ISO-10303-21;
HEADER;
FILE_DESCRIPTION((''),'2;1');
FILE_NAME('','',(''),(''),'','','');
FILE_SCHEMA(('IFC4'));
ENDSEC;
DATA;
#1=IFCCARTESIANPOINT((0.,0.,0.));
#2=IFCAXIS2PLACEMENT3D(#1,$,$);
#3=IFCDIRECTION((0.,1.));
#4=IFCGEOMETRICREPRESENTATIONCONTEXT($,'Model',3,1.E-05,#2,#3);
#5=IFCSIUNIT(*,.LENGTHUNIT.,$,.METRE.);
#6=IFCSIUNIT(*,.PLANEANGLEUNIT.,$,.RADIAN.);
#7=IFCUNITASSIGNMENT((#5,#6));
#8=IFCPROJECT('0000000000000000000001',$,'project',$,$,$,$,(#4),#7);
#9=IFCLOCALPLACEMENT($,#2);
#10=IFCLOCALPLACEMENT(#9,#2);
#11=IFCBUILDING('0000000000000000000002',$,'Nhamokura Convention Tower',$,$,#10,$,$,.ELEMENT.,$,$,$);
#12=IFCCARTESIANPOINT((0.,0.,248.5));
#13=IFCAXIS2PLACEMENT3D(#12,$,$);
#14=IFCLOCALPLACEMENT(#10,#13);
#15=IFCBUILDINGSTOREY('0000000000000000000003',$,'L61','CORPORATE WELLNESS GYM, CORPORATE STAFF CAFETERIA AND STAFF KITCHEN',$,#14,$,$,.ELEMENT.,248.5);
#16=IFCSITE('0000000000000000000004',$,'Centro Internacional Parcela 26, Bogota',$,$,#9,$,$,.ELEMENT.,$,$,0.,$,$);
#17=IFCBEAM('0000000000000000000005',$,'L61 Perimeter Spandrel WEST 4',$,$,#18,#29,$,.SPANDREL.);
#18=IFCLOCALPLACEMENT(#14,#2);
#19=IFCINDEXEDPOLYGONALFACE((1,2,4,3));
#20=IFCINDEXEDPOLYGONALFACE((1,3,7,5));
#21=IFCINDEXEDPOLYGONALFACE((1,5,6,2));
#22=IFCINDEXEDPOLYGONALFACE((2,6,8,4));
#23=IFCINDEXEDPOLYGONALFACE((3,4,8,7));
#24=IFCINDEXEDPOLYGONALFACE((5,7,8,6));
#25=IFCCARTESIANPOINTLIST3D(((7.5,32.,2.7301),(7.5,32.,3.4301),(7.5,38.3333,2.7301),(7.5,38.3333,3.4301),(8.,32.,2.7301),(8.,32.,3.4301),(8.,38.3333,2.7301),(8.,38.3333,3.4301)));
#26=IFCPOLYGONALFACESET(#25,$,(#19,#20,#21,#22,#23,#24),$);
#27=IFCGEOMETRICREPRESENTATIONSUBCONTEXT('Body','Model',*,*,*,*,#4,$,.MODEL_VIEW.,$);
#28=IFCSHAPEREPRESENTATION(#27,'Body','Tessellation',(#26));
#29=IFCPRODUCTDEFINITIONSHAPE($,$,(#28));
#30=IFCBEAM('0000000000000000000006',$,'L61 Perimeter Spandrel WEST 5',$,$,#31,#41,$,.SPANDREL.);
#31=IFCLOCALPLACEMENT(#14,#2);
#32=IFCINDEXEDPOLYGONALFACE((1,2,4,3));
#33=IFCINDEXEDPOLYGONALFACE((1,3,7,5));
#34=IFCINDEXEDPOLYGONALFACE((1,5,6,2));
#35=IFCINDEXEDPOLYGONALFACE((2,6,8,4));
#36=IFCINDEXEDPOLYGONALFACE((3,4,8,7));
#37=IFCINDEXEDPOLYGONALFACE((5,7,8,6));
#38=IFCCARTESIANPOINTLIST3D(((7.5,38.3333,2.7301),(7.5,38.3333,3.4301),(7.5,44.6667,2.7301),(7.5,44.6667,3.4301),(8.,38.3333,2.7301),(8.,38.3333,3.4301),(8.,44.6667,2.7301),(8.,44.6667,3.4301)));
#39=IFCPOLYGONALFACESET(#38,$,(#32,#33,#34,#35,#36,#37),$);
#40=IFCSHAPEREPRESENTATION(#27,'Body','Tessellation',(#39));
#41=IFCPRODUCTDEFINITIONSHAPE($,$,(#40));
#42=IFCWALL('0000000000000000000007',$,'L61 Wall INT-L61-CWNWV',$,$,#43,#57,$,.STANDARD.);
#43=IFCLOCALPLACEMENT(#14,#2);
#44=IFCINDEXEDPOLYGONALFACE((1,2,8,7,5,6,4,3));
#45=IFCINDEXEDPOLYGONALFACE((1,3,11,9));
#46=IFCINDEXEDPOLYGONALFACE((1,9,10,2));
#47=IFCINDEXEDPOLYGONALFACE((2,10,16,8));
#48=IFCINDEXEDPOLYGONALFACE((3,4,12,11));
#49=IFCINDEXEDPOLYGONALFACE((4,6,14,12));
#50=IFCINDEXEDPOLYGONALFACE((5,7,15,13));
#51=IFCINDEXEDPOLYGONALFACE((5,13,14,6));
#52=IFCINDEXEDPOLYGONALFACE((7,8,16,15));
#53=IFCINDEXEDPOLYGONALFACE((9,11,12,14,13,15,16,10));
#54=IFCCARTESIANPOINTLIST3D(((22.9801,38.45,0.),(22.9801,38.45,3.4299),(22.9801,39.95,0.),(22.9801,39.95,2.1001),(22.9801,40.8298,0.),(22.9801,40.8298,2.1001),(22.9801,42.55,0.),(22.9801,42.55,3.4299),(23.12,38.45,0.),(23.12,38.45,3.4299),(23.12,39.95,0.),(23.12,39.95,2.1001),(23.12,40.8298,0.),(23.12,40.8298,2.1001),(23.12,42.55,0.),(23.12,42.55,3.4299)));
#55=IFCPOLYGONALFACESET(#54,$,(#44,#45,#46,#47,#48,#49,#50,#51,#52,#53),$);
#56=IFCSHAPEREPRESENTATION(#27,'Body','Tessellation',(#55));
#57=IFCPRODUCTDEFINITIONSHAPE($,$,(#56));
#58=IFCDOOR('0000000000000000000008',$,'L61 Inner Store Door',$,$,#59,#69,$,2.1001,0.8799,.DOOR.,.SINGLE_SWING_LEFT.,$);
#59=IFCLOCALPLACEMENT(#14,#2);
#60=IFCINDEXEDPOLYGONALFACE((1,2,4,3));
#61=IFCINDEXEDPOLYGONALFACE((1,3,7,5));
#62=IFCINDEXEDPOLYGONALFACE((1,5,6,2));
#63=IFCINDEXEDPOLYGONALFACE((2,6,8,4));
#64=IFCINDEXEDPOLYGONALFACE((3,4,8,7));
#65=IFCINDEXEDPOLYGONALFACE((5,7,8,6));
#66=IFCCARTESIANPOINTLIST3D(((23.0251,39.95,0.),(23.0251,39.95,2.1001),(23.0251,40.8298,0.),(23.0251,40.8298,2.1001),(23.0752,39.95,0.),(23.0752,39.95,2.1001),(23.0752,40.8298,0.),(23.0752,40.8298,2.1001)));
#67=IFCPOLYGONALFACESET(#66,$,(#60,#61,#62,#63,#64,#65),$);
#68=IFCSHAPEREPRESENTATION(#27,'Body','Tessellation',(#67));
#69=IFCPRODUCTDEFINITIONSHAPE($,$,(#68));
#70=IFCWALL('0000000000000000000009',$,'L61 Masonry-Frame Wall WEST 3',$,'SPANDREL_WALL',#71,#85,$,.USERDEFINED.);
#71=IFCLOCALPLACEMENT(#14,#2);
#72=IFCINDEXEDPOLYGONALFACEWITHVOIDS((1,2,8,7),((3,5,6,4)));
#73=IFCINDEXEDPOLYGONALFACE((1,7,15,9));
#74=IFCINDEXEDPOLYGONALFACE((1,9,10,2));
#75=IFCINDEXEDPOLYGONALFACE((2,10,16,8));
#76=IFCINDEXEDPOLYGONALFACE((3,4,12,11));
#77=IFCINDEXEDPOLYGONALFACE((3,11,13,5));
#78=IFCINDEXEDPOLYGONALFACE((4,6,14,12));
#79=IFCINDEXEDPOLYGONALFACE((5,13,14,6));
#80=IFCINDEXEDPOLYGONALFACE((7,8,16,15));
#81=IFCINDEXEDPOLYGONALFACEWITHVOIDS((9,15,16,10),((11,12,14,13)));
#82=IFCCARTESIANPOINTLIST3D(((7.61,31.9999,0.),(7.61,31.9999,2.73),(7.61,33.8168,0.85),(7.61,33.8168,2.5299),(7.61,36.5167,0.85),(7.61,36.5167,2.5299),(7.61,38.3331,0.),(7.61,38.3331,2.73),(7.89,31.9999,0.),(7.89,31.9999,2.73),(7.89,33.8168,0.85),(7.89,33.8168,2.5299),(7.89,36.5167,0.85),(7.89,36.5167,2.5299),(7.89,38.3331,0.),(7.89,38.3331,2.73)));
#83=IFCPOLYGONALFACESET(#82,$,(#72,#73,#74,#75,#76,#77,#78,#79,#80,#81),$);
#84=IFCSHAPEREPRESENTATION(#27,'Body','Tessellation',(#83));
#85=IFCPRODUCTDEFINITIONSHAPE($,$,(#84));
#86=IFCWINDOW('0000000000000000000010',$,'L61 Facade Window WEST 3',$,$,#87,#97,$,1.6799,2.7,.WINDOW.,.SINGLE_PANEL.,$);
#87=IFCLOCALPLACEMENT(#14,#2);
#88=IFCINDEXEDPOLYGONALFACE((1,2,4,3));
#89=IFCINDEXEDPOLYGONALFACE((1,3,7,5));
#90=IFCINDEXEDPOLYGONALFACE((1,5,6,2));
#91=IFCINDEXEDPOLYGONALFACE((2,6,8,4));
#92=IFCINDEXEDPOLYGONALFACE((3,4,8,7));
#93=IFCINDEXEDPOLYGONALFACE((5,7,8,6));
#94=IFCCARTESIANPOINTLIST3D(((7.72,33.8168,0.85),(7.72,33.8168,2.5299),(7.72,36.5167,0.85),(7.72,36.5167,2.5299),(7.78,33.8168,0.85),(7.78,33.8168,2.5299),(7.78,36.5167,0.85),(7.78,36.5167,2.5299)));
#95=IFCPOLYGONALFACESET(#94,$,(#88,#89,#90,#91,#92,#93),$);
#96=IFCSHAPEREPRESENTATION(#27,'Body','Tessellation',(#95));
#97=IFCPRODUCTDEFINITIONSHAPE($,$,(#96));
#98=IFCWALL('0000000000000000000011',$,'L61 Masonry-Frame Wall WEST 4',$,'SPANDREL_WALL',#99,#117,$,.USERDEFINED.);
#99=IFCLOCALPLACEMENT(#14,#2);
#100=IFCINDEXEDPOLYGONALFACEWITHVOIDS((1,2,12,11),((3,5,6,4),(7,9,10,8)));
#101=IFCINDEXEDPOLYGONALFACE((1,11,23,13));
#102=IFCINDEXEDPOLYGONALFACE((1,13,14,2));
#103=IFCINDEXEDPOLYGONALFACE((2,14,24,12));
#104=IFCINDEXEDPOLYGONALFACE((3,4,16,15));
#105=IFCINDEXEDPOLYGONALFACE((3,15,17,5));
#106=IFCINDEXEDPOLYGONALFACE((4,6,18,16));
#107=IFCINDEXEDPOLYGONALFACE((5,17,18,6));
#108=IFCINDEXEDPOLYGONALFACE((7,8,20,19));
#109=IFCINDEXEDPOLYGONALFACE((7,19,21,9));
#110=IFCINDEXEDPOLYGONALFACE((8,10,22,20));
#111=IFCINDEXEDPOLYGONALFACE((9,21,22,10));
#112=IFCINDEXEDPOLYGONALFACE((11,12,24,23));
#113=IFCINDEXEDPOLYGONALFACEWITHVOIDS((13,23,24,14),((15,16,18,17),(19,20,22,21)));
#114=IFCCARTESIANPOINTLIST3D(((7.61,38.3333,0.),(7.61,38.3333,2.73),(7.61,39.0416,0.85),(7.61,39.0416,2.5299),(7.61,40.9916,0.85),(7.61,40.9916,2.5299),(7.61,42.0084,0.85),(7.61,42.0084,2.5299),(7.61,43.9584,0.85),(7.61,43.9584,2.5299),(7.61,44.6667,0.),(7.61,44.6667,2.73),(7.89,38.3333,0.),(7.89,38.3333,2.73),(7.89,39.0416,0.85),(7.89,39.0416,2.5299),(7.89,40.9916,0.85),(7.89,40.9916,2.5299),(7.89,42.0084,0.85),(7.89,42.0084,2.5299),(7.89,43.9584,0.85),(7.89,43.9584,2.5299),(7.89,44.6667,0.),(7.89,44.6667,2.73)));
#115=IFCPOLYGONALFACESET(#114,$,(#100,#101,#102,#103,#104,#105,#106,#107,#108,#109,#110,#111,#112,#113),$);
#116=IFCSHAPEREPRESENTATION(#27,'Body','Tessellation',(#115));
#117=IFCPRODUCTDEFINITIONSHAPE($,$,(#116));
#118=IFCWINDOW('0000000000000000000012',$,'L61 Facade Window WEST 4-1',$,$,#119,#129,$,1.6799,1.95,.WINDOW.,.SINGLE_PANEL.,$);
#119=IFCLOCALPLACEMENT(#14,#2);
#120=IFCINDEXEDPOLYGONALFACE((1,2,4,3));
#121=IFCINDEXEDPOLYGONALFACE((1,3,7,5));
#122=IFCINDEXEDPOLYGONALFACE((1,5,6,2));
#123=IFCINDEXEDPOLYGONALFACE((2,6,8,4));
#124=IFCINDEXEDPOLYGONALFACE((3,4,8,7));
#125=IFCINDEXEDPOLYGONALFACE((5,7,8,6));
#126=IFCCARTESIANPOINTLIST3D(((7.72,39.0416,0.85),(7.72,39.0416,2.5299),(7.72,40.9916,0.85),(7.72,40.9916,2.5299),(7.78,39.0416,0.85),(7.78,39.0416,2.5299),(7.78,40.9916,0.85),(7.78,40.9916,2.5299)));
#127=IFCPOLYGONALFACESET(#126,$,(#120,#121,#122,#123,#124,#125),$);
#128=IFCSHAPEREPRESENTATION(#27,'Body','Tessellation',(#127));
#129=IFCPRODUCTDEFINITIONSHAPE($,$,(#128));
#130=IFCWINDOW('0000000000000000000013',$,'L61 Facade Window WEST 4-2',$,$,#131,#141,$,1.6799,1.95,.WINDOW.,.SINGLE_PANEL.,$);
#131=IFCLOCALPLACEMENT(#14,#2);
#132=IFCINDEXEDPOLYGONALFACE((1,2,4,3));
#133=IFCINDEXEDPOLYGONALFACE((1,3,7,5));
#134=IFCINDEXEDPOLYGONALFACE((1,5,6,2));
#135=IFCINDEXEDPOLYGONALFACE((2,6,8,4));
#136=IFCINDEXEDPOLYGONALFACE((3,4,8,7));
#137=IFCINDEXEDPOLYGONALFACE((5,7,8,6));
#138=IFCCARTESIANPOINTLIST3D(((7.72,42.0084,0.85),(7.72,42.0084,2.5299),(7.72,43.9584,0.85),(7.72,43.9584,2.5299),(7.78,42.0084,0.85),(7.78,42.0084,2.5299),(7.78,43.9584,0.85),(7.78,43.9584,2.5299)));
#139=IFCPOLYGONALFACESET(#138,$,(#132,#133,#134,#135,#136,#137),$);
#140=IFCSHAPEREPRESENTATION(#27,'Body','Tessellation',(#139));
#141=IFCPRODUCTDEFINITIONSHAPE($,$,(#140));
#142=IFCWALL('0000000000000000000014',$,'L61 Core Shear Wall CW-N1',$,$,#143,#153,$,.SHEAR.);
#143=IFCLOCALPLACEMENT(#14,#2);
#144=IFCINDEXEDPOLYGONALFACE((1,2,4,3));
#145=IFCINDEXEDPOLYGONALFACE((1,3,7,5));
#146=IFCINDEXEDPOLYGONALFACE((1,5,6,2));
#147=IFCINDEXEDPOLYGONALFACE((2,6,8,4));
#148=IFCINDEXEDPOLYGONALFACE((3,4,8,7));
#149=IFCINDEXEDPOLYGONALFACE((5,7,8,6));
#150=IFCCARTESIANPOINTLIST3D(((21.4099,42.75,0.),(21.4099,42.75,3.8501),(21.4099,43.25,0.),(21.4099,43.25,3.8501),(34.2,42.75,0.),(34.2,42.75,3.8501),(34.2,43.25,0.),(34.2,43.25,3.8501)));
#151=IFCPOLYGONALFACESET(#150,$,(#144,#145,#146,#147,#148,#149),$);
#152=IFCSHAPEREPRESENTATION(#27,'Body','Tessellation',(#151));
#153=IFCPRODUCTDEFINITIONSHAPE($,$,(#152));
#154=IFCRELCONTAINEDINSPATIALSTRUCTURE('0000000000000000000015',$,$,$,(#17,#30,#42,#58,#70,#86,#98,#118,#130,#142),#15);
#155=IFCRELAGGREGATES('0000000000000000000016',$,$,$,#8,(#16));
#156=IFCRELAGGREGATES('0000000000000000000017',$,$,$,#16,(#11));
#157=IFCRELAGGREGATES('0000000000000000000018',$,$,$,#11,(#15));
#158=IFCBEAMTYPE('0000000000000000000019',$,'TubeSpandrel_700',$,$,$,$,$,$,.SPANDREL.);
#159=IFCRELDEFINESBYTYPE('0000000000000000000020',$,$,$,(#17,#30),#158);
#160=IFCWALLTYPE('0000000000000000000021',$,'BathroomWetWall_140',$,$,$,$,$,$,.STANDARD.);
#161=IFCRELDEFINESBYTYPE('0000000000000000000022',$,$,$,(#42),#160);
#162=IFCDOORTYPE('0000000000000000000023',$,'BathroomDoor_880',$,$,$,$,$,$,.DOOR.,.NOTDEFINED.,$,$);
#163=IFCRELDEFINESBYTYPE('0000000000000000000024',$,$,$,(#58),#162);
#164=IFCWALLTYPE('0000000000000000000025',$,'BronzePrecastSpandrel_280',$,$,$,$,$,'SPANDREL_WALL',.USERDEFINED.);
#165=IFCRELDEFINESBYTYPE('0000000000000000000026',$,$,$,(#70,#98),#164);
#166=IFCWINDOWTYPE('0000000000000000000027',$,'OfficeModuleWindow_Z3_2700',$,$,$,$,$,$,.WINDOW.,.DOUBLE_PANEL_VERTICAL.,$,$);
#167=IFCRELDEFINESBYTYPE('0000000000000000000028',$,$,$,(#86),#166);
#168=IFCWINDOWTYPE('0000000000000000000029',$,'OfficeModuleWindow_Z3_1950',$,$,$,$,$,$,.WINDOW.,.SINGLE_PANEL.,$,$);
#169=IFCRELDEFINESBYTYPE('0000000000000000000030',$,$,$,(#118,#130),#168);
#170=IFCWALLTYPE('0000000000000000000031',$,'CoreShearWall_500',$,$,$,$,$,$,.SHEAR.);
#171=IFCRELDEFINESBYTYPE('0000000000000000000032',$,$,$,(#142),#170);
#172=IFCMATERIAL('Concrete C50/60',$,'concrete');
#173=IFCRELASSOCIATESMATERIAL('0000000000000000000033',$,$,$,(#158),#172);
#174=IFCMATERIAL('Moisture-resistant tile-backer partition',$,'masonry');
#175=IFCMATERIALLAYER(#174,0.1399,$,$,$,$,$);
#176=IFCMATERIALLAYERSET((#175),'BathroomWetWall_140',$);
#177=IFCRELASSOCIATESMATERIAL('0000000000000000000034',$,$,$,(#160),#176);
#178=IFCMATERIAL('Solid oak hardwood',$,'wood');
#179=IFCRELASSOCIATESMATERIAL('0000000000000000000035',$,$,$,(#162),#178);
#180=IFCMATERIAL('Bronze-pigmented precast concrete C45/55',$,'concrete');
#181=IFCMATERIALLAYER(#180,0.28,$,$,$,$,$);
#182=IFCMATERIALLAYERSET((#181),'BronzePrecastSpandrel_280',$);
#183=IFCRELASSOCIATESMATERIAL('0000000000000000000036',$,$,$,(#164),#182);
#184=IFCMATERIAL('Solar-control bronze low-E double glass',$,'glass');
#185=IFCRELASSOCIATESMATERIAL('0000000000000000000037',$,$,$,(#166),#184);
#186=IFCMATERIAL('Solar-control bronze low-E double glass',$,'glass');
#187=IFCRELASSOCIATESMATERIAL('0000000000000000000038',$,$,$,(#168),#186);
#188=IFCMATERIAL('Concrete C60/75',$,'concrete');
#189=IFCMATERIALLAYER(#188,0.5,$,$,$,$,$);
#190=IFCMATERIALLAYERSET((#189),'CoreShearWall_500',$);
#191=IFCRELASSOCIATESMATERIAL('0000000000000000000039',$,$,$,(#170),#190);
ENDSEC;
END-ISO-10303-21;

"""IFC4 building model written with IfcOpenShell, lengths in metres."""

from ifc_helpers import new_model, si_unit, direction, frame, frame_2d, origin, origin_2d, place, context, subcontext, project, spatial, rectangle, extrude, material, layer, layer_set, material_profile, profile_set, type_object, element, fill, save


model = new_model("IFC4")

# Units and contexts
model_context = context("Model", 3, precision=1e-05, world=origin(), true_north=direction((0.0, 1.0)))
body_context = subcontext(model_context, "Body", "Model", "MODEL_VIEW")
ifc_project = project(units=[si_unit("LENGTHUNIT", "METRE"), si_unit("PLANEANGLEUNIT", "RADIAN")], contexts=[model_context])

# Site, building, storey
site_placement = place(None, origin())
site = spatial("IfcSite", under=ifc_project, at=site_placement, Name="Centro Internacional Parcela 26, Bogota", CompositionType="ELEMENT", RefElevation=0.0)
building_placement = place(site_placement, origin())
building = spatial("IfcBuilding", under=site, at=building_placement, Name="Nhamokura Convention Tower", CompositionType="ELEMENT")
storey_placement = place(building_placement, frame((0.0, 0.0, 248.5)))
storey = spatial("IfcBuildingStorey", under=building, at=storey_placement, Name="L61", Description="CORPORATE WELLNESS GYM, CORPORATE STAFF CAFETERIA AND STAFF KITCHEN", CompositionType="ELEMENT", Elevation=248.5)

# Beams
ifc_material_1 = material(Name="Concrete C50/60", Category="concrete")
ifc_material_profile_1 = material_profile(ifc_material_1, rectangle(XDim=0.5, YDim=0.7, at=origin_2d()))
ifc_profile_set_1 = profile_set([ifc_material_profile_1], Name="Concrete C50/60")
beam_type_1 = type_object("IfcBeamType", Name="TubeSpandrel_700", PredefinedType="SPANDREL", material=ifc_profile_set_1)
beam_1_placement = place(storey_placement, frame((7.75, 32.0, 3.0801), z_axis=(0.0, 1.0, 0.0), x_axis=(-1.0, 0.0, 0.0)))
element("IfcBeam", 1, at=beam_1_placement, inside=storey, type_object=beam_type_1, Name="L61 Perimeter Spandrel WEST 4", PredefinedType="SPANDREL", context=body_context, shape_type="SweptSolid", body=[
    extrude(rectangle(XDim=0.5, YDim=0.7, at=origin_2d()), origin(), (0.0, 0.0, 1.0), 6.3333),
])
beam_2_placement = place(storey_placement, frame((7.75, 38.3333, 3.0801), z_axis=(0.0, 1.0, 0.0), x_axis=(-1.0, 0.0, 0.0)))
element("IfcBeam", 2, at=beam_2_placement, inside=storey, type_object=beam_type_1, Name="L61 Perimeter Spandrel WEST 5", PredefinedType="SPANDREL", context=body_context, shape_type="SweptSolid", body=[
    extrude(rectangle(XDim=0.5, YDim=0.7, at=origin_2d()), origin(), (0.0, 0.0, 1.0), 6.3335),
])

# Wall, opening, door
ifc_material_2 = material(Name="Moisture-resistant tile-backer partition", Category="masonry")
ifc_layer_1 = layer(ifc_material_2, 0.1399)
ifc_layer_set_1 = layer_set([ifc_layer_1], Name="BathroomWetWall_140")
wall_type_1 = type_object("IfcWallType", Name="BathroomWetWall_140", PredefinedType="STANDARD", material=ifc_layer_set_1)
wall_1_placement = place(storey_placement, frame((23.05, 38.45, 0.0), z_axis=(0.0, 0.0, 1.0), x_axis=(0.0, 1.0, 0.0)))
wall_1 = element("IfcWall", 3, at=wall_1_placement, inside=storey, type_object=wall_type_1, Name="L61 Wall INT-L61-CWNWV", PredefinedType="STANDARD", context=body_context, shape_type="SweptSolid", body=[
    extrude(rectangle(XDim=4.1001, YDim=0.1399, at=frame_2d((2.05, 0.0))), origin(), (0.0, 0.0, 1.0), 3.4299),
])
opening_1_placement = place(wall_1_placement, frame((1.5, 0.0, 0.0)))
opening_1 = element("IfcOpeningElement", 4, at=opening_1_placement, cuts=wall_1, PredefinedType="OPENING", context=body_context, shape_type="SweptSolid", body=[
    extrude(rectangle(XDim=0.8799, YDim=2.1001, at=frame_2d((0.4399, 1.05))), frame((0.0, 0.0798, 0.0), z_axis=(0.0, -1.0, 0.0), x_axis=(1.0, 0.0, 0.0)), (0.0, 0.0, 1.0), 0.1599),
])
ifc_material_3 = material(Name="Solid oak hardwood", Category="wood")
door_type_1 = type_object("IfcDoorType", Name="BathroomDoor_880", OperationType="NOTDEFINED", PredefinedType="DOOR", material=ifc_material_3)
door_1_placement = place(opening_1_placement, origin())
door_1 = element("IfcDoor", 5, at=door_1_placement, inside=storey, type_object=door_type_1, Name="L61 Inner Store Door", OperationType="SINGLE_SWING_LEFT", OverallHeight=2.1001, OverallWidth=0.8799, PredefinedType="DOOR", context=body_context, shape_type="SweptSolid", body=[
    extrude(rectangle(XDim=0.8799, YDim=2.1001, at=frame_2d((0.4399, 1.05))), frame((0.0, 0.0249, 0.0), z_axis=(0.0, -1.0, 0.0), x_axis=(1.0, 0.0, 0.0)), (0.0, 0.0, 1.0), 0.05),
])
fill(opening_1, door_1)

# Wall, opening, window
ifc_material_4 = material(Name="Bronze-pigmented precast concrete C45/55", Category="concrete")
ifc_layer_2 = layer(ifc_material_4, 0.28)
ifc_layer_set_2 = layer_set([ifc_layer_2], Name="BronzePrecastSpandrel_280")
wall_type_2 = type_object("IfcWallType", Name="BronzePrecastSpandrel_280", ElementType="SPANDREL_WALL", PredefinedType="USERDEFINED", material=ifc_layer_set_2)
wall_2_placement = place(storey_placement, frame((7.75, 32.0, 0.0), z_axis=(0.0, 0.0, 1.0), x_axis=(0.0, 1.0, 0.0)))
wall_2 = element("IfcWall", 6, at=wall_2_placement, inside=storey, type_object=wall_type_2, Name="L61 Masonry-Frame Wall WEST 3", ObjectType="SPANDREL_WALL", PredefinedType="USERDEFINED", context=body_context, shape_type="SweptSolid", body=[
    extrude(rectangle(XDim=6.3333, YDim=0.28, at=frame_2d((3.1665, 0.0))), origin(), (0.0, 0.0, 1.0), 2.73),
])
opening_2_placement = place(wall_2_placement, frame((1.8167, 0.0, 0.8501)))
opening_2 = element("IfcOpeningElement", 7, at=opening_2_placement, cuts=wall_2, PredefinedType="OPENING", context=body_context, shape_type="SweptSolid", body=[
    extrude(rectangle(XDim=2.7, YDim=1.6799, at=frame_2d((1.3501, 0.8398))), frame((0.0, 0.1499, 0.0), z_axis=(0.0, -1.0, 0.0), x_axis=(1.0, 0.0, 0.0)), (0.0, 0.0, 1.0), 0.3),
])
ifc_material_5 = material(Name="Solar-control bronze low-E double glass", Category="glass")
window_type_1 = type_object("IfcWindowType", Name="OfficeModuleWindow_Z3_2700", PartitioningType="DOUBLE_PANEL_VERTICAL", PredefinedType="WINDOW", material=ifc_material_5)
window_1_placement = place(opening_2_placement, origin())
window_1 = element("IfcWindow", 8, at=window_1_placement, inside=storey, type_object=window_type_1, Name="L61 Facade Window WEST 3", OverallHeight=1.6799, OverallWidth=2.7, PartitioningType="SINGLE_PANEL", PredefinedType="WINDOW", context=body_context, shape_type="SweptSolid", body=[
    extrude(rectangle(XDim=2.7, YDim=1.6799, at=frame_2d((1.3501, 0.8398))), frame((0.0, 0.03, 0.0), z_axis=(0.0, -1.0, 0.0), x_axis=(1.0, 0.0, 0.0)), (0.0, 0.0, 1.0), 0.0601),
])
fill(opening_2, window_1)

# Wall, openings, windows
wall_3_placement = place(storey_placement, frame((7.75, 38.3333, 0.0), z_axis=(0.0, 0.0, 1.0), x_axis=(0.0, 1.0, 0.0)))
wall_3 = element("IfcWall", 9, at=wall_3_placement, inside=storey, type_object=wall_type_2, Name="L61 Masonry-Frame Wall WEST 4", ObjectType="SPANDREL_WALL", PredefinedType="USERDEFINED", context=body_context, shape_type="SweptSolid", body=[
    extrude(rectangle(XDim=6.3335, YDim=0.28, at=frame_2d((3.1667, 0.0))), origin(), (0.0, 0.0, 1.0), 2.73),
])
opening_3_placement = place(wall_3_placement, frame((0.7083, 0.0, 0.8501)))
opening_3 = element("IfcOpeningElement", 10, at=opening_3_placement, cuts=wall_3, PredefinedType="OPENING", context=body_context, shape_type="SweptSolid", body=[
    extrude(rectangle(XDim=1.95, YDim=1.6799, at=frame_2d((0.9751, 0.8398))), frame((0.0, 0.1499, 0.0), z_axis=(0.0, -1.0, 0.0), x_axis=(1.0, 0.0, 0.0)), (0.0, 0.0, 1.0), 0.3),
])
opening_4_placement = place(wall_3_placement, frame((3.675, 0.0, 0.8501)))
opening_4 = element("IfcOpeningElement", 11, at=opening_4_placement, cuts=wall_3, PredefinedType="OPENING", context=body_context, shape_type="SweptSolid", body=[
    extrude(rectangle(XDim=1.95, YDim=1.6799, at=frame_2d((0.9751, 0.8398))), frame((0.0, 0.1499, 0.0), z_axis=(0.0, -1.0, 0.0), x_axis=(1.0, 0.0, 0.0)), (0.0, 0.0, 1.0), 0.3),
])
ifc_material_6 = material(Name="Solar-control bronze low-E double glass", Category="glass")
window_type_2 = type_object("IfcWindowType", Name="OfficeModuleWindow_Z3_1950", PartitioningType="SINGLE_PANEL", PredefinedType="WINDOW", material=ifc_material_6)
window_2_placement = place(opening_3_placement, origin())
window_2 = element("IfcWindow", 12, at=window_2_placement, inside=storey, type_object=window_type_2, Name="L61 Facade Window WEST 4-1", OverallHeight=1.6799, OverallWidth=1.95, PartitioningType="SINGLE_PANEL", PredefinedType="WINDOW", context=body_context, shape_type="SweptSolid", body=[
    extrude(rectangle(XDim=1.95, YDim=1.6799, at=frame_2d((0.9751, 0.8398))), frame((0.0, 0.03, 0.0), z_axis=(0.0, -1.0, 0.0), x_axis=(1.0, 0.0, 0.0)), (0.0, 0.0, 1.0), 0.0601),
])
fill(opening_3, window_2)
window_3_placement = place(opening_4_placement, origin())
window_3 = element("IfcWindow", 13, at=window_3_placement, inside=storey, type_object=window_type_2, Name="L61 Facade Window WEST 4-2", OverallHeight=1.6799, OverallWidth=1.95, PartitioningType="SINGLE_PANEL", PredefinedType="WINDOW", context=body_context, shape_type="SweptSolid", body=[
    extrude(rectangle(XDim=1.95, YDim=1.6799, at=frame_2d((0.9751, 0.8398))), frame((0.0, 0.03, 0.0), z_axis=(0.0, -1.0, 0.0), x_axis=(1.0, 0.0, 0.0)), (0.0, 0.0, 1.0), 0.0601),
])
fill(opening_4, window_3)

# Wall
ifc_material_7 = material(Name="Concrete C60/75", Category="concrete")
ifc_layer_3 = layer(ifc_material_7, 0.5)
ifc_layer_set_3 = layer_set([ifc_layer_3], Name="CoreShearWall_500")
wall_type_3 = type_object("IfcWallType", Name="CoreShearWall_500", PredefinedType="SHEAR", material=ifc_layer_set_3)
wall_4_placement = place(storey_placement, frame((21.4099, 43.0, 0.0), z_axis=(0.0, 0.0, 1.0), x_axis=(1.0, 0.0, 0.0)))
element("IfcWall", 14, at=wall_4_placement, inside=storey, type_object=wall_type_3, Name="L61 Core Shear Wall CW-N1", PredefinedType="SHEAR", context=body_context, shape_type="SweptSolid", body=[
    extrude(rectangle(XDim=12.79, YDim=0.5, at=frame_2d((6.395, 0.0))), origin(), (0.0, 0.0, 1.0), 3.8501),
])

save(model, "model.ifc")
